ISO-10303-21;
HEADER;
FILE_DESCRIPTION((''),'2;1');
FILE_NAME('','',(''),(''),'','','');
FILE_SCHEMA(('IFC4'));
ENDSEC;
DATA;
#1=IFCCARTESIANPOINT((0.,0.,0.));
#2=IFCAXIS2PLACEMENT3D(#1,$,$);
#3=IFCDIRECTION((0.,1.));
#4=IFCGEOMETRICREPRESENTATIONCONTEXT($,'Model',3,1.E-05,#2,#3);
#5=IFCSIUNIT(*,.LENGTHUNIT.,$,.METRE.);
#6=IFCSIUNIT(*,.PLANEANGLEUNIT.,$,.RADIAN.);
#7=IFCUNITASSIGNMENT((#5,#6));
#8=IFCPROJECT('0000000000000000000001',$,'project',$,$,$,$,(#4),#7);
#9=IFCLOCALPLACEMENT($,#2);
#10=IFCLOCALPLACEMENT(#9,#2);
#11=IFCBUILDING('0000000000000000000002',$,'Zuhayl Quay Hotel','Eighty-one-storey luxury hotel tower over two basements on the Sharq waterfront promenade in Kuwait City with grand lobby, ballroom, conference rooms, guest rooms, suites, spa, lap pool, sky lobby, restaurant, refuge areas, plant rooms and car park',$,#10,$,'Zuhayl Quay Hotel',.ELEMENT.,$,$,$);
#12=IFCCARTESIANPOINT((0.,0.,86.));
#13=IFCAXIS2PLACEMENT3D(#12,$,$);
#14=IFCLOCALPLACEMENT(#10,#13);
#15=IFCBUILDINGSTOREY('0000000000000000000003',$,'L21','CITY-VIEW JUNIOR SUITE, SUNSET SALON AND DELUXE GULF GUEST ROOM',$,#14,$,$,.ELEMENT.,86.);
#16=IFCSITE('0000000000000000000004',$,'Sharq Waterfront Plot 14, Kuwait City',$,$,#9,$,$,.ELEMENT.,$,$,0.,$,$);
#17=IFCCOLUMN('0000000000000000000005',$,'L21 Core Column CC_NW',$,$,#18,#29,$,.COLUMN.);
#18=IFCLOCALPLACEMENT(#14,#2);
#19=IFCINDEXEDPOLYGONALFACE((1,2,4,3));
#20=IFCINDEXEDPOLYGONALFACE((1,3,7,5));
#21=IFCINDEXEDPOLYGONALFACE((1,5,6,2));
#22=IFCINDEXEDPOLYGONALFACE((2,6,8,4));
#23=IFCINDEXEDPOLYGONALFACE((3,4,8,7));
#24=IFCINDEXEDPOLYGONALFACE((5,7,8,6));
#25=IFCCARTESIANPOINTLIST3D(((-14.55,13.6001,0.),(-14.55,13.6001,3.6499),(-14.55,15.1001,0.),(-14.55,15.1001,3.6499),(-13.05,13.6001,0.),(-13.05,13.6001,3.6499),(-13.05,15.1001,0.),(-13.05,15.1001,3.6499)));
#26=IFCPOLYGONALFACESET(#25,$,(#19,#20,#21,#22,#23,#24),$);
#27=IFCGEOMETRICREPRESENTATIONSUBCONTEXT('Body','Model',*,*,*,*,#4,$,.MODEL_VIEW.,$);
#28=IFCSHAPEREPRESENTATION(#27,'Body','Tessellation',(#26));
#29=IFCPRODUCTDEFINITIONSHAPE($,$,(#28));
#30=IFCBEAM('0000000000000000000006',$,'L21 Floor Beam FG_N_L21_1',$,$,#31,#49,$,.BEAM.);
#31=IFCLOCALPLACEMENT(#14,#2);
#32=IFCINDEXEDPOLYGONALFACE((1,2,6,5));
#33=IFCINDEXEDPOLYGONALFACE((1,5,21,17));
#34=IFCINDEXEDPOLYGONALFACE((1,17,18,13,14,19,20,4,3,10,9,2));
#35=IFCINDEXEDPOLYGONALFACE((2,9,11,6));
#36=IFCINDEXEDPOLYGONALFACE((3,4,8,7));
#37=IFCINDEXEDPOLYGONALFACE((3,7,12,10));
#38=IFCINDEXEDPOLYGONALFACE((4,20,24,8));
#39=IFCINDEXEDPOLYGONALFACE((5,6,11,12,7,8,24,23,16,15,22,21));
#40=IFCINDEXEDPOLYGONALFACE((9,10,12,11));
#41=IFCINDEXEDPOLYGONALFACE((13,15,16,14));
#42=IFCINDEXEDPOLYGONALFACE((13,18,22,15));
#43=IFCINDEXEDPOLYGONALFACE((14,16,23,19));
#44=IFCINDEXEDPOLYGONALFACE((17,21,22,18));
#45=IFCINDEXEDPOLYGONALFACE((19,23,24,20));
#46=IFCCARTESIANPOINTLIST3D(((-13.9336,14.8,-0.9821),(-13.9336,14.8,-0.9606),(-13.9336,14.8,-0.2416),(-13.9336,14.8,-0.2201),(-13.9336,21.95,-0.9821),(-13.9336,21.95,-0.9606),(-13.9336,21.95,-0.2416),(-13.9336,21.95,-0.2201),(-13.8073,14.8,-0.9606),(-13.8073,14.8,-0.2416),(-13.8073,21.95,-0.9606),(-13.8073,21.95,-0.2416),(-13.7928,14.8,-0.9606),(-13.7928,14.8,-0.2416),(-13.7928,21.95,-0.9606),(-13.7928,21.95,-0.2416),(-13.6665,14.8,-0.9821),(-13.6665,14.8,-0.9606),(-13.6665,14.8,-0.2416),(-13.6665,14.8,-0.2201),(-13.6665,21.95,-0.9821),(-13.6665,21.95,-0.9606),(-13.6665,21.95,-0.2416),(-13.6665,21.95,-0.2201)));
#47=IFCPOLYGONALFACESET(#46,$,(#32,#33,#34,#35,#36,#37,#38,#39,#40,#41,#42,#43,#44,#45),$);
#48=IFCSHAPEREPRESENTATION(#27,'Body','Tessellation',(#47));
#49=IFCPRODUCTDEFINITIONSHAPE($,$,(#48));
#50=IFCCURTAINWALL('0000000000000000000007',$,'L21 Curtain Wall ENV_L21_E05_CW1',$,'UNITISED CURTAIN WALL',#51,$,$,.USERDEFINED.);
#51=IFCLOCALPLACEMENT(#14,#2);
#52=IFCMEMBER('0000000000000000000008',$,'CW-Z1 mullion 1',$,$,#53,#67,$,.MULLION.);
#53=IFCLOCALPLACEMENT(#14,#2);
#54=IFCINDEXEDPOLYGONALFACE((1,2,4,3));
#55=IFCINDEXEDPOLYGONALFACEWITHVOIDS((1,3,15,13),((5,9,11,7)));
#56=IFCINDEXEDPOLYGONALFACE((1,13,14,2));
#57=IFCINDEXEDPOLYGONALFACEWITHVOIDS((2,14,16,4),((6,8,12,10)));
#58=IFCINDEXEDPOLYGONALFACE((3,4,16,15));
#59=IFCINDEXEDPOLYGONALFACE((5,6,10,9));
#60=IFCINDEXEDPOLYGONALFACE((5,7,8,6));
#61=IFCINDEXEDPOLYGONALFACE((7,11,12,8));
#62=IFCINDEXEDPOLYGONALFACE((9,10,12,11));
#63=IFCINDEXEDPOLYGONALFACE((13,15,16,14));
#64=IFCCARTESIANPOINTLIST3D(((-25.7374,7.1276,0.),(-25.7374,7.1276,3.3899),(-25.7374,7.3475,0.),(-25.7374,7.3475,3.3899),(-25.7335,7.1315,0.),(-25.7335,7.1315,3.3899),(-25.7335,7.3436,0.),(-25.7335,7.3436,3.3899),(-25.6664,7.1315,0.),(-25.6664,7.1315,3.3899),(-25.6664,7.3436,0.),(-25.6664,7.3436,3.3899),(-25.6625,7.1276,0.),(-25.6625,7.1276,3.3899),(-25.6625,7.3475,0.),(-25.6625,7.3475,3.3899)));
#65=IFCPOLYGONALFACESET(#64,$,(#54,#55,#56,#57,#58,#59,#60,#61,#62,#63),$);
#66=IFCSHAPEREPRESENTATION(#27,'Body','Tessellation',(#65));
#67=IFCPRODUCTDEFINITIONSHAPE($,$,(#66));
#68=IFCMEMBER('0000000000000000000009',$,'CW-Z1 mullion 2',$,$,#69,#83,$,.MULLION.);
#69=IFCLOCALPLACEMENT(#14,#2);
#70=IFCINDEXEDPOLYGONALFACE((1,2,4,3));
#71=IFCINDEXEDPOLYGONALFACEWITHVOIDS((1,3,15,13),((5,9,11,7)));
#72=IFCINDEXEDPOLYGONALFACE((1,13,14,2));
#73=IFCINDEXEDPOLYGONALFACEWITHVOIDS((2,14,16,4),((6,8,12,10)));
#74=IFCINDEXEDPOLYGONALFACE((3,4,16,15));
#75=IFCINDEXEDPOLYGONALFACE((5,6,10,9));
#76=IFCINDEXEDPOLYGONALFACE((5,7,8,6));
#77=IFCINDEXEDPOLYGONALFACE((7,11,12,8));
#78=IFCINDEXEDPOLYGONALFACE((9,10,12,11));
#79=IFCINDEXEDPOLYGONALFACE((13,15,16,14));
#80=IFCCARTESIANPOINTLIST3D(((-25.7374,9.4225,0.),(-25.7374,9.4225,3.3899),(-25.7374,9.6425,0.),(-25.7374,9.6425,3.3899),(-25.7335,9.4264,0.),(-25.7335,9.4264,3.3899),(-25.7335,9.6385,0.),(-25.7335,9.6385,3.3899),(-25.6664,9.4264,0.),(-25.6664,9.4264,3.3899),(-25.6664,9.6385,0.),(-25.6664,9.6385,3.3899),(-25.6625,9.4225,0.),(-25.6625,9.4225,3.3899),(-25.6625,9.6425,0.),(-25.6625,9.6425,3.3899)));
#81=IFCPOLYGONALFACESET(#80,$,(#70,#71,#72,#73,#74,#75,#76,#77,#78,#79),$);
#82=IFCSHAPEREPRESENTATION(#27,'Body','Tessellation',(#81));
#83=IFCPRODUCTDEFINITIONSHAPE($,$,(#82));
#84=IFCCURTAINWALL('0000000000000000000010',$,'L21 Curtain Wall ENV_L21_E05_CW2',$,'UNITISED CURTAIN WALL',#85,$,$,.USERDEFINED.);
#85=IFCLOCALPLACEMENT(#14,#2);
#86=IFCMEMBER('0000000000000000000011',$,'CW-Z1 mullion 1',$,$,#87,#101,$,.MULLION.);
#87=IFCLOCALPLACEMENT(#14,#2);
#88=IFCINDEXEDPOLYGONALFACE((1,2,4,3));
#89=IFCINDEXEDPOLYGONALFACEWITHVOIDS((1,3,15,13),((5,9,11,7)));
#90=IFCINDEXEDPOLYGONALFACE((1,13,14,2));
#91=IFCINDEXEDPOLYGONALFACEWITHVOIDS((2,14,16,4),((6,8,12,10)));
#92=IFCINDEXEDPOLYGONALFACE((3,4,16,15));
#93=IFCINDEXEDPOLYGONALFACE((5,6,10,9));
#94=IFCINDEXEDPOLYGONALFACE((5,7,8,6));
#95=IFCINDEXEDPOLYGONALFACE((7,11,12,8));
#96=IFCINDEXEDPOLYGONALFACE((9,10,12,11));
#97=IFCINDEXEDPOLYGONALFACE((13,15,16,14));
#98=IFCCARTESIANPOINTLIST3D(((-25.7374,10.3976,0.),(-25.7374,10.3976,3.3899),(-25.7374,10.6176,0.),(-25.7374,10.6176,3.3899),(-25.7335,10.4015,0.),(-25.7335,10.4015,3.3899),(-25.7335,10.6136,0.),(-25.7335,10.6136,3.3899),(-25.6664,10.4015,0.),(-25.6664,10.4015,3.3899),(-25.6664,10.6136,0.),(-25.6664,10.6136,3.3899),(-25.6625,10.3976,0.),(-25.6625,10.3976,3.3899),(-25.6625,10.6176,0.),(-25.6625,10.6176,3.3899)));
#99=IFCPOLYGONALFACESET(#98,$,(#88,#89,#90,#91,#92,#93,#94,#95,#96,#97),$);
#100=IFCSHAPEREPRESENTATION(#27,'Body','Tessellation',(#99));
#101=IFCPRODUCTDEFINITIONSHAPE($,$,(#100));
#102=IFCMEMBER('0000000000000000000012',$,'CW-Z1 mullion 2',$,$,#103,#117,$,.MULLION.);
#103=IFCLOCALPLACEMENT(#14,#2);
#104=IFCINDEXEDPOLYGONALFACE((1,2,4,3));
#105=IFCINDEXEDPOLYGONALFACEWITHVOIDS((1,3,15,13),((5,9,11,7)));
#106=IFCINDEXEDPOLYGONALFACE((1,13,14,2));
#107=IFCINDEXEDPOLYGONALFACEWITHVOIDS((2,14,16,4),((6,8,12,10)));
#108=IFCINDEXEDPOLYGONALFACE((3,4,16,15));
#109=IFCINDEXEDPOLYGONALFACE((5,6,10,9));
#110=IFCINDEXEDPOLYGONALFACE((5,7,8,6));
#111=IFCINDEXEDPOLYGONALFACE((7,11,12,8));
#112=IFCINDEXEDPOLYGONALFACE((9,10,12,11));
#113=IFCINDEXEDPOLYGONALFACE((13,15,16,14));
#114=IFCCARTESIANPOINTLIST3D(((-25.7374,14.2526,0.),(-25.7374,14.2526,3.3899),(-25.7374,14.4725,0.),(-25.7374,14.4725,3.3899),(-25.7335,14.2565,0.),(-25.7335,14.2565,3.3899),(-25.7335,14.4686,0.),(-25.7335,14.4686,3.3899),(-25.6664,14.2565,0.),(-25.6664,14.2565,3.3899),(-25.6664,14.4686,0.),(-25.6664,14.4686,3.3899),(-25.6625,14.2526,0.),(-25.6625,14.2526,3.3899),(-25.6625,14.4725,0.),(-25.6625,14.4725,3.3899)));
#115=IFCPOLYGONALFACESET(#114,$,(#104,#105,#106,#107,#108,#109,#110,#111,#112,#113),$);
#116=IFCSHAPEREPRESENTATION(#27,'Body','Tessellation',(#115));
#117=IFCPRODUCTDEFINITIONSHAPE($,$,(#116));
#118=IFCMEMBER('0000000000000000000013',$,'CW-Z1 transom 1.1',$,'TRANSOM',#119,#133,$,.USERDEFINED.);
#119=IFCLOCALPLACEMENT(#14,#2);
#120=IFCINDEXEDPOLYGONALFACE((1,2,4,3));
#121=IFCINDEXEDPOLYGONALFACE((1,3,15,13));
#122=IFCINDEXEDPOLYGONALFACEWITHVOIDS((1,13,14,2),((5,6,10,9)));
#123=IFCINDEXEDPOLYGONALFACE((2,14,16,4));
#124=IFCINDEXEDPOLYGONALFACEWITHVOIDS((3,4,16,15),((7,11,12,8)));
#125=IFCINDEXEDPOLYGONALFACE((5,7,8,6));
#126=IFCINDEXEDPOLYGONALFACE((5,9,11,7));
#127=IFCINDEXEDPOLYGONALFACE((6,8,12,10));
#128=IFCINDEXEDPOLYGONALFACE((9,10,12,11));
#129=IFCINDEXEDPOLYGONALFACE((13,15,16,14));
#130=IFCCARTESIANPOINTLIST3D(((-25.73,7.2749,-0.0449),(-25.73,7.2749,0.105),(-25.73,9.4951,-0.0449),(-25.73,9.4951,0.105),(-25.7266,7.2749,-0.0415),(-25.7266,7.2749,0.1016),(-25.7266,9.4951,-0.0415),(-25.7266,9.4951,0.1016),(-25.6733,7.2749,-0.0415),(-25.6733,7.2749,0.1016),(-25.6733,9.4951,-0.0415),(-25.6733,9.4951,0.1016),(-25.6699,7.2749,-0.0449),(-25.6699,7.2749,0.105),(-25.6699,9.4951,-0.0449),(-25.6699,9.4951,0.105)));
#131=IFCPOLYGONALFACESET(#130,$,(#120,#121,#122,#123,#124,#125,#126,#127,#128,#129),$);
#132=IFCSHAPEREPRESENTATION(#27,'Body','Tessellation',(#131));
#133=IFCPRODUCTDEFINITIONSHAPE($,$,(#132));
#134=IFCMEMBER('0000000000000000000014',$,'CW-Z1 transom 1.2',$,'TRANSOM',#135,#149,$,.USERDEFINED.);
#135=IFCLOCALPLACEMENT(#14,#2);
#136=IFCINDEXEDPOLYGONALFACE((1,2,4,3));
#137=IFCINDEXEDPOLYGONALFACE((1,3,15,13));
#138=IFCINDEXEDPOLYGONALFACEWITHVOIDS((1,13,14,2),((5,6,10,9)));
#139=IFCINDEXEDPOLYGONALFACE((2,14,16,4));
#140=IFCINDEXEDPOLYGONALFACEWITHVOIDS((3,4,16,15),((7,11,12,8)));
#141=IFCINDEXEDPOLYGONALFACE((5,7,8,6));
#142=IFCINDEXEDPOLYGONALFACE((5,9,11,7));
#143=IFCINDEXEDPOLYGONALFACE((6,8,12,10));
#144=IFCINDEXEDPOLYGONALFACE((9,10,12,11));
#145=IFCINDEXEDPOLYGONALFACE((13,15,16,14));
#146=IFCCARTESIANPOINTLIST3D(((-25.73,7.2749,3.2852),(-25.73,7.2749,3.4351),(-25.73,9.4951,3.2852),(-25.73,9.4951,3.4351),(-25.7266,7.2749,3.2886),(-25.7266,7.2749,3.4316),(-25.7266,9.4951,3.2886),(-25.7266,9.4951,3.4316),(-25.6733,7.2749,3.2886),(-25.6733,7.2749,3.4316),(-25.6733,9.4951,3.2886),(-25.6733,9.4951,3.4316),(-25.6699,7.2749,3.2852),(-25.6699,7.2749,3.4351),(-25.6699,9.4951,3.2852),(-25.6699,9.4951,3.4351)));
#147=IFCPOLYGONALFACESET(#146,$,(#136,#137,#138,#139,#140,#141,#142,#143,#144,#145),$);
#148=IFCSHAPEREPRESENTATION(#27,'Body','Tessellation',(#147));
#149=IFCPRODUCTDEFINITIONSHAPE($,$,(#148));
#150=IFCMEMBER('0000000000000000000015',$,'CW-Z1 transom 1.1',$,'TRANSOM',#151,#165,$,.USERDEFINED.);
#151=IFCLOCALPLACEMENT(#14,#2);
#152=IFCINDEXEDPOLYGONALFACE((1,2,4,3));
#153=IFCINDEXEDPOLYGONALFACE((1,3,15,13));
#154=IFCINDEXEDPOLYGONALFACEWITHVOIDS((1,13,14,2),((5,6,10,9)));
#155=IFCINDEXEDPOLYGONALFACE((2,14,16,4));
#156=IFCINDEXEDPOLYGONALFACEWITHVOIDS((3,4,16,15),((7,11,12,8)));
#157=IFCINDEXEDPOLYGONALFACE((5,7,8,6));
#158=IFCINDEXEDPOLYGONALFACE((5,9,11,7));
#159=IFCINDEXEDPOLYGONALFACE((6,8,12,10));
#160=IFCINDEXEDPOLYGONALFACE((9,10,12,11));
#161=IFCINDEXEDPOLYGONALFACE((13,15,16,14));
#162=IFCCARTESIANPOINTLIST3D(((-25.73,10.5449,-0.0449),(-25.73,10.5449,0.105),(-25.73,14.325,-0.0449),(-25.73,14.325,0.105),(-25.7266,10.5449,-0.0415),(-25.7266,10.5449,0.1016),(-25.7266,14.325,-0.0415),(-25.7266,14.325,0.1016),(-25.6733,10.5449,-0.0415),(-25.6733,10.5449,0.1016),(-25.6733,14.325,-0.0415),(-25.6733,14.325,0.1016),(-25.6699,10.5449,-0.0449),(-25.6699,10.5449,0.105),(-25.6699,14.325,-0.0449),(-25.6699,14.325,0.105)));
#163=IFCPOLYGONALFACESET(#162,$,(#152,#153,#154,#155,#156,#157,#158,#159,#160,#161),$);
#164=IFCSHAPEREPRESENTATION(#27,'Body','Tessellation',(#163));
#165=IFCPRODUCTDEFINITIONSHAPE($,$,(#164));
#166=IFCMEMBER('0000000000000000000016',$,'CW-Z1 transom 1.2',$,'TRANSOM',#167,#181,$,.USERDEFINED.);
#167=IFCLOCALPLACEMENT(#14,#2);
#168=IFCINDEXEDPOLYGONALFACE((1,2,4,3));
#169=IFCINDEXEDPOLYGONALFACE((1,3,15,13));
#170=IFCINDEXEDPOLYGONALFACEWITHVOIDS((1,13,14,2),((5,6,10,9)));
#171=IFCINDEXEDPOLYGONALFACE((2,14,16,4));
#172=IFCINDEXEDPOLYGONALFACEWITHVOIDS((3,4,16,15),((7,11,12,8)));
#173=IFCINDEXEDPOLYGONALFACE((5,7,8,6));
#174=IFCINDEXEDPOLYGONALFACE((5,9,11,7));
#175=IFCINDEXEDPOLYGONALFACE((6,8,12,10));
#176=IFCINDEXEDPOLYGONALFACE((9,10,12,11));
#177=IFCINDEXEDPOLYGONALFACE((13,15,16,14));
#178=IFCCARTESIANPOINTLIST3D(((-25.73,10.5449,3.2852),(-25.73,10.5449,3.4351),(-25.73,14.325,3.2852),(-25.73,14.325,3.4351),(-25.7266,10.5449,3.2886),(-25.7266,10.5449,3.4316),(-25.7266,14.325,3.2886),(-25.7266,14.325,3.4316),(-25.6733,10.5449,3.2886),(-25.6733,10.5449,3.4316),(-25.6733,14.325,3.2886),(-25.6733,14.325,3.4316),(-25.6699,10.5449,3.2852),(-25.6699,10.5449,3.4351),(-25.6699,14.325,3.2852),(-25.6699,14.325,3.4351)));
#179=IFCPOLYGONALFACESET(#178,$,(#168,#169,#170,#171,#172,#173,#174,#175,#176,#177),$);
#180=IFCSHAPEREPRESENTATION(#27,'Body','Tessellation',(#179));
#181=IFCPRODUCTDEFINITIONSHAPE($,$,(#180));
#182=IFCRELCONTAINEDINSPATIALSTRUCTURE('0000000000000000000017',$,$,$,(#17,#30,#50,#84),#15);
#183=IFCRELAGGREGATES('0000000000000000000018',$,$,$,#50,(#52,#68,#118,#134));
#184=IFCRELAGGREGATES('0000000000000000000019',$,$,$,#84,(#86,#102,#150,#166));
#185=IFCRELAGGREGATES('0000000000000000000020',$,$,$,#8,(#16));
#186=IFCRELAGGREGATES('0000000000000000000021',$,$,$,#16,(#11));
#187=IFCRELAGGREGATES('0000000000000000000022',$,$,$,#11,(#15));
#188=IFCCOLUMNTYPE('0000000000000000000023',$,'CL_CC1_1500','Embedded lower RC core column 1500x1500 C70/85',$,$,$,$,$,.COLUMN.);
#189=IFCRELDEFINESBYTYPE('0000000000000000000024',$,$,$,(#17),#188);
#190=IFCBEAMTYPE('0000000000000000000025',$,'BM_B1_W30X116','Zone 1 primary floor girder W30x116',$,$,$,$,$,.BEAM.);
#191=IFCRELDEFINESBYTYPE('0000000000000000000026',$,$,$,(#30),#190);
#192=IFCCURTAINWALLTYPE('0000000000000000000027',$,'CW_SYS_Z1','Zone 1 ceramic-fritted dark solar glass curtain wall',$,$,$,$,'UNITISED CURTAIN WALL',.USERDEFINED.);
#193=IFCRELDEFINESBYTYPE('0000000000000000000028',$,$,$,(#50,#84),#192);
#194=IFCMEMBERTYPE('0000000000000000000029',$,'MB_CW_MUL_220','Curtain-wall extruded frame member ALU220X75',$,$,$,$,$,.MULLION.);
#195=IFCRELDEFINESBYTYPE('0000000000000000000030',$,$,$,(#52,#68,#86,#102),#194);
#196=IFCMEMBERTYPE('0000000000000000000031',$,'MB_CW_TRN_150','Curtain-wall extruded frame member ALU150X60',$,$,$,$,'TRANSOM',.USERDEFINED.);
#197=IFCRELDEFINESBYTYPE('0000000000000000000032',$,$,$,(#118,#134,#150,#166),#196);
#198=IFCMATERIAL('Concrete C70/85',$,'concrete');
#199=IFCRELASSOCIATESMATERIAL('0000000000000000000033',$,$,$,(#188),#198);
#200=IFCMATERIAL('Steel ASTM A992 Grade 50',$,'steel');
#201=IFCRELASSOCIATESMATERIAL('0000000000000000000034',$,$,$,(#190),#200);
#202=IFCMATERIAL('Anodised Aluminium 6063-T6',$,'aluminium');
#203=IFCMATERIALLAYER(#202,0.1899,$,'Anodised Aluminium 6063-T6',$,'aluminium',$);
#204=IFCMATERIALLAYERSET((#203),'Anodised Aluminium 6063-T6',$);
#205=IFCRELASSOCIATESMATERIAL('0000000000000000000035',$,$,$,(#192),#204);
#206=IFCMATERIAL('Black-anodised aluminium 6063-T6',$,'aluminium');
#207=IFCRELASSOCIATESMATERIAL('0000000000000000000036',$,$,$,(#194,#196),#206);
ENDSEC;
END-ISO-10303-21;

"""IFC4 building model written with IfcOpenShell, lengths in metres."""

from ifc_helpers import new_model, si_unit, direction, frame, origin, origin_2d, place, context, subcontext, project, spatial, rectangle, hollow_rectangle, i_section, extrude, material, layer, layer_set, material_profile, profile_set, type_object, element, aggregate, save


model = new_model("IFC4")

# Units and contexts
model_context = context("Model", 3, precision=1e-05, world=origin(), true_north=direction((0.0, 1.0)))
body_context = subcontext(model_context, "Body", "Model", "MODEL_VIEW")
ifc_project = project(units=[si_unit("LENGTHUNIT", "METRE"), si_unit("PLANEANGLEUNIT", "RADIAN")], contexts=[model_context])

# Site, building, storey
site_placement = place(None, origin())
site = spatial("IfcSite", under=ifc_project, at=site_placement, Name="Sharq Waterfront Plot 14, Kuwait City", CompositionType="ELEMENT", RefElevation=0.0)
building_placement = place(site_placement, origin())
building = spatial("IfcBuilding", under=site, at=building_placement, Name="Zuhayl Quay Hotel", Description="Eighty-one-storey luxury hotel tower over two basements on the Sharq waterfront promenade in Kuwait City with grand lobby, ballroom, conference rooms, guest rooms, suites, spa, lap pool, sky lobby, restaurant, refuge areas, plant rooms and car park", LongName="Zuhayl Quay Hotel", CompositionType="ELEMENT")
storey_placement = place(building_placement, frame((0.0, 0.0, 86.0)))
storey = spatial("IfcBuildingStorey", under=building, at=storey_placement, Name="L21", Description="CITY-VIEW JUNIOR SUITE, SUNSET SALON AND DELUXE GULF GUEST ROOM", CompositionType="ELEMENT", Elevation=86.0)

# Column
ifc_material_1 = material(Name="Concrete C70/85", Category="concrete")
ifc_material_profile_1 = material_profile(ifc_material_1, rectangle(XDim=1.5, YDim=1.5, at=origin_2d()), Name="RC1500X1500")
ifc_profile_set_1 = profile_set([ifc_material_profile_1], Name="Concrete C70/85")
column_type = type_object("IfcColumnType", Name="CL_CC1_1500", Description="Embedded lower RC core column 1500x1500 C70/85", PredefinedType="COLUMN", material=ifc_profile_set_1)
column_placement = place(storey_placement, frame((-13.8, 14.3501, 0.0), z_axis=(0.0, 0.0, 1.0), x_axis=(1.0, 0.0, 0.0)))
element("IfcColumn", 1, at=column_placement, inside=storey, type_object=column_type, Name="L21 Core Column CC_NW", PredefinedType="COLUMN", context=body_context, shape_type="SweptSolid", body=[
    extrude(rectangle(XDim=1.5, YDim=1.5, at=origin_2d()), origin(), (0.0, 0.0, 1.0), 3.6499),
])

# Beam
ifc_material_2 = material(Name="Steel ASTM A992 Grade 50", Category="steel")
ifc_material_profile_2 = material_profile(ifc_material_2, i_section(OverallWidth=0.2671, OverallDepth=0.762, WebThickness=0.0144, FlangeThickness=0.0215, at=origin_2d()), Name="W30X116")
ifc_profile_set_2 = profile_set([ifc_material_profile_2], Name="Steel ASTM A992 Grade 50")
beam_type = type_object("IfcBeamType", Name="BM_B1_W30X116", Description="Zone 1 primary floor girder W30x116", PredefinedType="BEAM", material=ifc_profile_set_2)
beam_placement = place(storey_placement, frame((-13.8, 14.8, -0.6011), z_axis=(0.0, 1.0, 0.0), x_axis=(-1.0, 0.0, 0.0)))
element("IfcBeam", 2, at=beam_placement, inside=storey, type_object=beam_type, Name="L21 Floor Beam FG_N_L21_1", PredefinedType="BEAM", context=body_context, shape_type="SweptSolid", body=[
    extrude(i_section(OverallWidth=0.2671, OverallDepth=0.762, WebThickness=0.0144, FlangeThickness=0.0215, at=origin_2d()), origin(), (0.0, 0.0, 1.0), 7.1499),
])

# Curtain walls, members
ifc_material_3 = material(Name="Anodised Aluminium 6063-T6", Category="aluminium")
ifc_layer_1 = layer(ifc_material_3, 0.1899, Name="Anodised Aluminium 6063-T6", Category="aluminium")
ifc_layer_set_1 = layer_set([ifc_layer_1], Name="Anodised Aluminium 6063-T6")
curtain_wall_type = type_object("IfcCurtainWallType", Name="CW_SYS_Z1", Description="Zone 1 ceramic-fritted dark solar glass curtain wall", ElementType="UNITISED CURTAIN WALL", PredefinedType="USERDEFINED", material=ifc_layer_set_1)
curtain_wall_1_placement = place(storey_placement, origin())
curtain_wall_1 = element("IfcCurtainWall", 3, at=curtain_wall_1_placement, inside=storey, type_object=curtain_wall_type, Name="L21 Curtain Wall ENV_L21_E05_CW1", ObjectType="UNITISED CURTAIN WALL", PredefinedType="USERDEFINED")
ifc_material_4 = material(Name="Black-anodised aluminium 6063-T6", Category="aluminium")
ifc_material_profile_3 = material_profile(ifc_material_4, hollow_rectangle(XDim=0.075, YDim=0.22, WallThickness=0.0039, at=origin_2d()), Name="ALU220X75")
ifc_profile_set_3 = profile_set([ifc_material_profile_3], Name="Black-anodised aluminium 6063-T6")
member_type_1 = type_object("IfcMemberType", Name="MB_CW_MUL_220", Description="Curtain-wall extruded frame member ALU220X75", PredefinedType="MULLION", material=ifc_profile_set_3)
member_1_placement = place(storey_placement, frame((-25.7, 7.2375, 0.0), z_axis=(0.0, 0.0, 1.0), x_axis=(-1.0, 0.0, 0.0)))
member_1 = element("IfcMember", 4, at=member_1_placement, type_object=member_type_1, Name="CW-Z1 mullion 1", PredefinedType="MULLION", context=body_context, shape_type="SweptSolid", body=[
    extrude(hollow_rectangle(XDim=0.075, YDim=0.22, WallThickness=0.0039, at=origin_2d()), origin(), (0.0, 0.0, 1.0), 3.3899),
])
member_2_placement = place(storey_placement, frame((-25.7, 9.5325, 0.0), z_axis=(0.0, 0.0, 1.0), x_axis=(-1.0, 0.0, 0.0)))
member_2 = element("IfcMember", 5, at=member_2_placement, type_object=member_type_1, Name="CW-Z1 mullion 2", PredefinedType="MULLION", context=body_context, shape_type="SweptSolid", body=[
    extrude(hollow_rectangle(XDim=0.075, YDim=0.22, WallThickness=0.0039, at=origin_2d()), origin(), (0.0, 0.0, 1.0), 3.3899),
])
curtain_wall_2_placement = place(storey_placement, origin())
curtain_wall_2 = element("IfcCurtainWall", 6, at=curtain_wall_2_placement, inside=storey, type_object=curtain_wall_type, Name="L21 Curtain Wall ENV_L21_E05_CW2", ObjectType="UNITISED CURTAIN WALL", PredefinedType="USERDEFINED")
member_3_placement = place(storey_placement, frame((-25.7, 10.5076, 0.0), z_axis=(0.0, 0.0, 1.0), x_axis=(-1.0, 0.0, 0.0)))
member_3 = element("IfcMember", 7, at=member_3_placement, type_object=member_type_1, Name="CW-Z1 mullion 1", PredefinedType="MULLION", context=body_context, shape_type="SweptSolid", body=[
    extrude(hollow_rectangle(XDim=0.075, YDim=0.22, WallThickness=0.0039, at=origin_2d()), origin(), (0.0, 0.0, 1.0), 3.3899),
])
member_4_placement = place(storey_placement, frame((-25.7, 14.3625, 0.0), z_axis=(0.0, 0.0, 1.0), x_axis=(-1.0, 0.0, 0.0)))
member_4 = element("IfcMember", 8, at=member_4_placement, type_object=member_type_1, Name="CW-Z1 mullion 2", PredefinedType="MULLION", context=body_context, shape_type="SweptSolid", body=[
    extrude(hollow_rectangle(XDim=0.075, YDim=0.22, WallThickness=0.0039, at=origin_2d()), origin(), (0.0, 0.0, 1.0), 3.3899),
])

# Members
ifc_material_profile_4 = material_profile(ifc_material_4, hollow_rectangle(XDim=0.0601, YDim=0.1499, WallThickness=0.0034, at=origin_2d()), Name="ALU150X60")
ifc_profile_set_4 = profile_set([ifc_material_profile_4], Name="Black-anodised aluminium 6063-T6")
member_type_2 = type_object("IfcMemberType", Name="MB_CW_TRN_150", Description="Curtain-wall extruded frame member ALU150X60", ElementType="TRANSOM", PredefinedType="USERDEFINED", material=ifc_profile_set_4)
member_5_placement = place(storey_placement, frame((-25.7, 7.2749, 0.03), z_axis=(0.0, 1.0, 0.0), x_axis=(-1.0, 0.0, 0.0)))
member_5 = element("IfcMember", 9, at=member_5_placement, type_object=member_type_2, Name="CW-Z1 transom 1.1", ObjectType="TRANSOM", PredefinedType="USERDEFINED", context=body_context, shape_type="SweptSolid", body=[
    extrude(hollow_rectangle(XDim=0.0601, YDim=0.1499, WallThickness=0.0034, at=origin_2d()), origin(), (0.0, 0.0, 1.0), 2.2202),
])
member_6_placement = place(storey_placement, frame((-25.7, 7.2749, 3.3601), z_axis=(0.0, 1.0, 0.0), x_axis=(-1.0, 0.0, 0.0)))
member_6 = element("IfcMember", 10, at=member_6_placement, type_object=member_type_2, Name="CW-Z1 transom 1.2", ObjectType="TRANSOM", PredefinedType="USERDEFINED", context=body_context, shape_type="SweptSolid", body=[
    extrude(hollow_rectangle(XDim=0.0601, YDim=0.1499, WallThickness=0.0034, at=origin_2d()), origin(), (0.0, 0.0, 1.0), 2.2202),
])
member_7_placement = place(storey_placement, frame((-25.7, 10.5449, 0.03), z_axis=(0.0, 1.0, 0.0), x_axis=(-1.0, 0.0, 0.0)))
member_7 = element("IfcMember", 11, at=member_7_placement, type_object=member_type_2, Name="CW-Z1 transom 1.1", ObjectType="TRANSOM", PredefinedType="USERDEFINED", context=body_context, shape_type="SweptSolid", body=[
    extrude(hollow_rectangle(XDim=0.0601, YDim=0.1499, WallThickness=0.0034, at=origin_2d()), origin(), (0.0, 0.0, 1.0), 3.78),
])
member_8_placement = place(storey_placement, frame((-25.7, 10.5449, 3.3601), z_axis=(0.0, 1.0, 0.0), x_axis=(-1.0, 0.0, 0.0)))
member_8 = element("IfcMember", 12, at=member_8_placement, type_object=member_type_2, Name="CW-Z1 transom 1.2", ObjectType="TRANSOM", PredefinedType="USERDEFINED", context=body_context, shape_type="SweptSolid", body=[
    extrude(hollow_rectangle(XDim=0.0601, YDim=0.1499, WallThickness=0.0034, at=origin_2d()), origin(), (0.0, 0.0, 1.0), 3.78),
])

aggregate(curtain_wall_1, [member_1, member_2, member_5, member_6])
aggregate(curtain_wall_2, [member_3, member_4, member_7, member_8])

save(model, "model.ifc")
